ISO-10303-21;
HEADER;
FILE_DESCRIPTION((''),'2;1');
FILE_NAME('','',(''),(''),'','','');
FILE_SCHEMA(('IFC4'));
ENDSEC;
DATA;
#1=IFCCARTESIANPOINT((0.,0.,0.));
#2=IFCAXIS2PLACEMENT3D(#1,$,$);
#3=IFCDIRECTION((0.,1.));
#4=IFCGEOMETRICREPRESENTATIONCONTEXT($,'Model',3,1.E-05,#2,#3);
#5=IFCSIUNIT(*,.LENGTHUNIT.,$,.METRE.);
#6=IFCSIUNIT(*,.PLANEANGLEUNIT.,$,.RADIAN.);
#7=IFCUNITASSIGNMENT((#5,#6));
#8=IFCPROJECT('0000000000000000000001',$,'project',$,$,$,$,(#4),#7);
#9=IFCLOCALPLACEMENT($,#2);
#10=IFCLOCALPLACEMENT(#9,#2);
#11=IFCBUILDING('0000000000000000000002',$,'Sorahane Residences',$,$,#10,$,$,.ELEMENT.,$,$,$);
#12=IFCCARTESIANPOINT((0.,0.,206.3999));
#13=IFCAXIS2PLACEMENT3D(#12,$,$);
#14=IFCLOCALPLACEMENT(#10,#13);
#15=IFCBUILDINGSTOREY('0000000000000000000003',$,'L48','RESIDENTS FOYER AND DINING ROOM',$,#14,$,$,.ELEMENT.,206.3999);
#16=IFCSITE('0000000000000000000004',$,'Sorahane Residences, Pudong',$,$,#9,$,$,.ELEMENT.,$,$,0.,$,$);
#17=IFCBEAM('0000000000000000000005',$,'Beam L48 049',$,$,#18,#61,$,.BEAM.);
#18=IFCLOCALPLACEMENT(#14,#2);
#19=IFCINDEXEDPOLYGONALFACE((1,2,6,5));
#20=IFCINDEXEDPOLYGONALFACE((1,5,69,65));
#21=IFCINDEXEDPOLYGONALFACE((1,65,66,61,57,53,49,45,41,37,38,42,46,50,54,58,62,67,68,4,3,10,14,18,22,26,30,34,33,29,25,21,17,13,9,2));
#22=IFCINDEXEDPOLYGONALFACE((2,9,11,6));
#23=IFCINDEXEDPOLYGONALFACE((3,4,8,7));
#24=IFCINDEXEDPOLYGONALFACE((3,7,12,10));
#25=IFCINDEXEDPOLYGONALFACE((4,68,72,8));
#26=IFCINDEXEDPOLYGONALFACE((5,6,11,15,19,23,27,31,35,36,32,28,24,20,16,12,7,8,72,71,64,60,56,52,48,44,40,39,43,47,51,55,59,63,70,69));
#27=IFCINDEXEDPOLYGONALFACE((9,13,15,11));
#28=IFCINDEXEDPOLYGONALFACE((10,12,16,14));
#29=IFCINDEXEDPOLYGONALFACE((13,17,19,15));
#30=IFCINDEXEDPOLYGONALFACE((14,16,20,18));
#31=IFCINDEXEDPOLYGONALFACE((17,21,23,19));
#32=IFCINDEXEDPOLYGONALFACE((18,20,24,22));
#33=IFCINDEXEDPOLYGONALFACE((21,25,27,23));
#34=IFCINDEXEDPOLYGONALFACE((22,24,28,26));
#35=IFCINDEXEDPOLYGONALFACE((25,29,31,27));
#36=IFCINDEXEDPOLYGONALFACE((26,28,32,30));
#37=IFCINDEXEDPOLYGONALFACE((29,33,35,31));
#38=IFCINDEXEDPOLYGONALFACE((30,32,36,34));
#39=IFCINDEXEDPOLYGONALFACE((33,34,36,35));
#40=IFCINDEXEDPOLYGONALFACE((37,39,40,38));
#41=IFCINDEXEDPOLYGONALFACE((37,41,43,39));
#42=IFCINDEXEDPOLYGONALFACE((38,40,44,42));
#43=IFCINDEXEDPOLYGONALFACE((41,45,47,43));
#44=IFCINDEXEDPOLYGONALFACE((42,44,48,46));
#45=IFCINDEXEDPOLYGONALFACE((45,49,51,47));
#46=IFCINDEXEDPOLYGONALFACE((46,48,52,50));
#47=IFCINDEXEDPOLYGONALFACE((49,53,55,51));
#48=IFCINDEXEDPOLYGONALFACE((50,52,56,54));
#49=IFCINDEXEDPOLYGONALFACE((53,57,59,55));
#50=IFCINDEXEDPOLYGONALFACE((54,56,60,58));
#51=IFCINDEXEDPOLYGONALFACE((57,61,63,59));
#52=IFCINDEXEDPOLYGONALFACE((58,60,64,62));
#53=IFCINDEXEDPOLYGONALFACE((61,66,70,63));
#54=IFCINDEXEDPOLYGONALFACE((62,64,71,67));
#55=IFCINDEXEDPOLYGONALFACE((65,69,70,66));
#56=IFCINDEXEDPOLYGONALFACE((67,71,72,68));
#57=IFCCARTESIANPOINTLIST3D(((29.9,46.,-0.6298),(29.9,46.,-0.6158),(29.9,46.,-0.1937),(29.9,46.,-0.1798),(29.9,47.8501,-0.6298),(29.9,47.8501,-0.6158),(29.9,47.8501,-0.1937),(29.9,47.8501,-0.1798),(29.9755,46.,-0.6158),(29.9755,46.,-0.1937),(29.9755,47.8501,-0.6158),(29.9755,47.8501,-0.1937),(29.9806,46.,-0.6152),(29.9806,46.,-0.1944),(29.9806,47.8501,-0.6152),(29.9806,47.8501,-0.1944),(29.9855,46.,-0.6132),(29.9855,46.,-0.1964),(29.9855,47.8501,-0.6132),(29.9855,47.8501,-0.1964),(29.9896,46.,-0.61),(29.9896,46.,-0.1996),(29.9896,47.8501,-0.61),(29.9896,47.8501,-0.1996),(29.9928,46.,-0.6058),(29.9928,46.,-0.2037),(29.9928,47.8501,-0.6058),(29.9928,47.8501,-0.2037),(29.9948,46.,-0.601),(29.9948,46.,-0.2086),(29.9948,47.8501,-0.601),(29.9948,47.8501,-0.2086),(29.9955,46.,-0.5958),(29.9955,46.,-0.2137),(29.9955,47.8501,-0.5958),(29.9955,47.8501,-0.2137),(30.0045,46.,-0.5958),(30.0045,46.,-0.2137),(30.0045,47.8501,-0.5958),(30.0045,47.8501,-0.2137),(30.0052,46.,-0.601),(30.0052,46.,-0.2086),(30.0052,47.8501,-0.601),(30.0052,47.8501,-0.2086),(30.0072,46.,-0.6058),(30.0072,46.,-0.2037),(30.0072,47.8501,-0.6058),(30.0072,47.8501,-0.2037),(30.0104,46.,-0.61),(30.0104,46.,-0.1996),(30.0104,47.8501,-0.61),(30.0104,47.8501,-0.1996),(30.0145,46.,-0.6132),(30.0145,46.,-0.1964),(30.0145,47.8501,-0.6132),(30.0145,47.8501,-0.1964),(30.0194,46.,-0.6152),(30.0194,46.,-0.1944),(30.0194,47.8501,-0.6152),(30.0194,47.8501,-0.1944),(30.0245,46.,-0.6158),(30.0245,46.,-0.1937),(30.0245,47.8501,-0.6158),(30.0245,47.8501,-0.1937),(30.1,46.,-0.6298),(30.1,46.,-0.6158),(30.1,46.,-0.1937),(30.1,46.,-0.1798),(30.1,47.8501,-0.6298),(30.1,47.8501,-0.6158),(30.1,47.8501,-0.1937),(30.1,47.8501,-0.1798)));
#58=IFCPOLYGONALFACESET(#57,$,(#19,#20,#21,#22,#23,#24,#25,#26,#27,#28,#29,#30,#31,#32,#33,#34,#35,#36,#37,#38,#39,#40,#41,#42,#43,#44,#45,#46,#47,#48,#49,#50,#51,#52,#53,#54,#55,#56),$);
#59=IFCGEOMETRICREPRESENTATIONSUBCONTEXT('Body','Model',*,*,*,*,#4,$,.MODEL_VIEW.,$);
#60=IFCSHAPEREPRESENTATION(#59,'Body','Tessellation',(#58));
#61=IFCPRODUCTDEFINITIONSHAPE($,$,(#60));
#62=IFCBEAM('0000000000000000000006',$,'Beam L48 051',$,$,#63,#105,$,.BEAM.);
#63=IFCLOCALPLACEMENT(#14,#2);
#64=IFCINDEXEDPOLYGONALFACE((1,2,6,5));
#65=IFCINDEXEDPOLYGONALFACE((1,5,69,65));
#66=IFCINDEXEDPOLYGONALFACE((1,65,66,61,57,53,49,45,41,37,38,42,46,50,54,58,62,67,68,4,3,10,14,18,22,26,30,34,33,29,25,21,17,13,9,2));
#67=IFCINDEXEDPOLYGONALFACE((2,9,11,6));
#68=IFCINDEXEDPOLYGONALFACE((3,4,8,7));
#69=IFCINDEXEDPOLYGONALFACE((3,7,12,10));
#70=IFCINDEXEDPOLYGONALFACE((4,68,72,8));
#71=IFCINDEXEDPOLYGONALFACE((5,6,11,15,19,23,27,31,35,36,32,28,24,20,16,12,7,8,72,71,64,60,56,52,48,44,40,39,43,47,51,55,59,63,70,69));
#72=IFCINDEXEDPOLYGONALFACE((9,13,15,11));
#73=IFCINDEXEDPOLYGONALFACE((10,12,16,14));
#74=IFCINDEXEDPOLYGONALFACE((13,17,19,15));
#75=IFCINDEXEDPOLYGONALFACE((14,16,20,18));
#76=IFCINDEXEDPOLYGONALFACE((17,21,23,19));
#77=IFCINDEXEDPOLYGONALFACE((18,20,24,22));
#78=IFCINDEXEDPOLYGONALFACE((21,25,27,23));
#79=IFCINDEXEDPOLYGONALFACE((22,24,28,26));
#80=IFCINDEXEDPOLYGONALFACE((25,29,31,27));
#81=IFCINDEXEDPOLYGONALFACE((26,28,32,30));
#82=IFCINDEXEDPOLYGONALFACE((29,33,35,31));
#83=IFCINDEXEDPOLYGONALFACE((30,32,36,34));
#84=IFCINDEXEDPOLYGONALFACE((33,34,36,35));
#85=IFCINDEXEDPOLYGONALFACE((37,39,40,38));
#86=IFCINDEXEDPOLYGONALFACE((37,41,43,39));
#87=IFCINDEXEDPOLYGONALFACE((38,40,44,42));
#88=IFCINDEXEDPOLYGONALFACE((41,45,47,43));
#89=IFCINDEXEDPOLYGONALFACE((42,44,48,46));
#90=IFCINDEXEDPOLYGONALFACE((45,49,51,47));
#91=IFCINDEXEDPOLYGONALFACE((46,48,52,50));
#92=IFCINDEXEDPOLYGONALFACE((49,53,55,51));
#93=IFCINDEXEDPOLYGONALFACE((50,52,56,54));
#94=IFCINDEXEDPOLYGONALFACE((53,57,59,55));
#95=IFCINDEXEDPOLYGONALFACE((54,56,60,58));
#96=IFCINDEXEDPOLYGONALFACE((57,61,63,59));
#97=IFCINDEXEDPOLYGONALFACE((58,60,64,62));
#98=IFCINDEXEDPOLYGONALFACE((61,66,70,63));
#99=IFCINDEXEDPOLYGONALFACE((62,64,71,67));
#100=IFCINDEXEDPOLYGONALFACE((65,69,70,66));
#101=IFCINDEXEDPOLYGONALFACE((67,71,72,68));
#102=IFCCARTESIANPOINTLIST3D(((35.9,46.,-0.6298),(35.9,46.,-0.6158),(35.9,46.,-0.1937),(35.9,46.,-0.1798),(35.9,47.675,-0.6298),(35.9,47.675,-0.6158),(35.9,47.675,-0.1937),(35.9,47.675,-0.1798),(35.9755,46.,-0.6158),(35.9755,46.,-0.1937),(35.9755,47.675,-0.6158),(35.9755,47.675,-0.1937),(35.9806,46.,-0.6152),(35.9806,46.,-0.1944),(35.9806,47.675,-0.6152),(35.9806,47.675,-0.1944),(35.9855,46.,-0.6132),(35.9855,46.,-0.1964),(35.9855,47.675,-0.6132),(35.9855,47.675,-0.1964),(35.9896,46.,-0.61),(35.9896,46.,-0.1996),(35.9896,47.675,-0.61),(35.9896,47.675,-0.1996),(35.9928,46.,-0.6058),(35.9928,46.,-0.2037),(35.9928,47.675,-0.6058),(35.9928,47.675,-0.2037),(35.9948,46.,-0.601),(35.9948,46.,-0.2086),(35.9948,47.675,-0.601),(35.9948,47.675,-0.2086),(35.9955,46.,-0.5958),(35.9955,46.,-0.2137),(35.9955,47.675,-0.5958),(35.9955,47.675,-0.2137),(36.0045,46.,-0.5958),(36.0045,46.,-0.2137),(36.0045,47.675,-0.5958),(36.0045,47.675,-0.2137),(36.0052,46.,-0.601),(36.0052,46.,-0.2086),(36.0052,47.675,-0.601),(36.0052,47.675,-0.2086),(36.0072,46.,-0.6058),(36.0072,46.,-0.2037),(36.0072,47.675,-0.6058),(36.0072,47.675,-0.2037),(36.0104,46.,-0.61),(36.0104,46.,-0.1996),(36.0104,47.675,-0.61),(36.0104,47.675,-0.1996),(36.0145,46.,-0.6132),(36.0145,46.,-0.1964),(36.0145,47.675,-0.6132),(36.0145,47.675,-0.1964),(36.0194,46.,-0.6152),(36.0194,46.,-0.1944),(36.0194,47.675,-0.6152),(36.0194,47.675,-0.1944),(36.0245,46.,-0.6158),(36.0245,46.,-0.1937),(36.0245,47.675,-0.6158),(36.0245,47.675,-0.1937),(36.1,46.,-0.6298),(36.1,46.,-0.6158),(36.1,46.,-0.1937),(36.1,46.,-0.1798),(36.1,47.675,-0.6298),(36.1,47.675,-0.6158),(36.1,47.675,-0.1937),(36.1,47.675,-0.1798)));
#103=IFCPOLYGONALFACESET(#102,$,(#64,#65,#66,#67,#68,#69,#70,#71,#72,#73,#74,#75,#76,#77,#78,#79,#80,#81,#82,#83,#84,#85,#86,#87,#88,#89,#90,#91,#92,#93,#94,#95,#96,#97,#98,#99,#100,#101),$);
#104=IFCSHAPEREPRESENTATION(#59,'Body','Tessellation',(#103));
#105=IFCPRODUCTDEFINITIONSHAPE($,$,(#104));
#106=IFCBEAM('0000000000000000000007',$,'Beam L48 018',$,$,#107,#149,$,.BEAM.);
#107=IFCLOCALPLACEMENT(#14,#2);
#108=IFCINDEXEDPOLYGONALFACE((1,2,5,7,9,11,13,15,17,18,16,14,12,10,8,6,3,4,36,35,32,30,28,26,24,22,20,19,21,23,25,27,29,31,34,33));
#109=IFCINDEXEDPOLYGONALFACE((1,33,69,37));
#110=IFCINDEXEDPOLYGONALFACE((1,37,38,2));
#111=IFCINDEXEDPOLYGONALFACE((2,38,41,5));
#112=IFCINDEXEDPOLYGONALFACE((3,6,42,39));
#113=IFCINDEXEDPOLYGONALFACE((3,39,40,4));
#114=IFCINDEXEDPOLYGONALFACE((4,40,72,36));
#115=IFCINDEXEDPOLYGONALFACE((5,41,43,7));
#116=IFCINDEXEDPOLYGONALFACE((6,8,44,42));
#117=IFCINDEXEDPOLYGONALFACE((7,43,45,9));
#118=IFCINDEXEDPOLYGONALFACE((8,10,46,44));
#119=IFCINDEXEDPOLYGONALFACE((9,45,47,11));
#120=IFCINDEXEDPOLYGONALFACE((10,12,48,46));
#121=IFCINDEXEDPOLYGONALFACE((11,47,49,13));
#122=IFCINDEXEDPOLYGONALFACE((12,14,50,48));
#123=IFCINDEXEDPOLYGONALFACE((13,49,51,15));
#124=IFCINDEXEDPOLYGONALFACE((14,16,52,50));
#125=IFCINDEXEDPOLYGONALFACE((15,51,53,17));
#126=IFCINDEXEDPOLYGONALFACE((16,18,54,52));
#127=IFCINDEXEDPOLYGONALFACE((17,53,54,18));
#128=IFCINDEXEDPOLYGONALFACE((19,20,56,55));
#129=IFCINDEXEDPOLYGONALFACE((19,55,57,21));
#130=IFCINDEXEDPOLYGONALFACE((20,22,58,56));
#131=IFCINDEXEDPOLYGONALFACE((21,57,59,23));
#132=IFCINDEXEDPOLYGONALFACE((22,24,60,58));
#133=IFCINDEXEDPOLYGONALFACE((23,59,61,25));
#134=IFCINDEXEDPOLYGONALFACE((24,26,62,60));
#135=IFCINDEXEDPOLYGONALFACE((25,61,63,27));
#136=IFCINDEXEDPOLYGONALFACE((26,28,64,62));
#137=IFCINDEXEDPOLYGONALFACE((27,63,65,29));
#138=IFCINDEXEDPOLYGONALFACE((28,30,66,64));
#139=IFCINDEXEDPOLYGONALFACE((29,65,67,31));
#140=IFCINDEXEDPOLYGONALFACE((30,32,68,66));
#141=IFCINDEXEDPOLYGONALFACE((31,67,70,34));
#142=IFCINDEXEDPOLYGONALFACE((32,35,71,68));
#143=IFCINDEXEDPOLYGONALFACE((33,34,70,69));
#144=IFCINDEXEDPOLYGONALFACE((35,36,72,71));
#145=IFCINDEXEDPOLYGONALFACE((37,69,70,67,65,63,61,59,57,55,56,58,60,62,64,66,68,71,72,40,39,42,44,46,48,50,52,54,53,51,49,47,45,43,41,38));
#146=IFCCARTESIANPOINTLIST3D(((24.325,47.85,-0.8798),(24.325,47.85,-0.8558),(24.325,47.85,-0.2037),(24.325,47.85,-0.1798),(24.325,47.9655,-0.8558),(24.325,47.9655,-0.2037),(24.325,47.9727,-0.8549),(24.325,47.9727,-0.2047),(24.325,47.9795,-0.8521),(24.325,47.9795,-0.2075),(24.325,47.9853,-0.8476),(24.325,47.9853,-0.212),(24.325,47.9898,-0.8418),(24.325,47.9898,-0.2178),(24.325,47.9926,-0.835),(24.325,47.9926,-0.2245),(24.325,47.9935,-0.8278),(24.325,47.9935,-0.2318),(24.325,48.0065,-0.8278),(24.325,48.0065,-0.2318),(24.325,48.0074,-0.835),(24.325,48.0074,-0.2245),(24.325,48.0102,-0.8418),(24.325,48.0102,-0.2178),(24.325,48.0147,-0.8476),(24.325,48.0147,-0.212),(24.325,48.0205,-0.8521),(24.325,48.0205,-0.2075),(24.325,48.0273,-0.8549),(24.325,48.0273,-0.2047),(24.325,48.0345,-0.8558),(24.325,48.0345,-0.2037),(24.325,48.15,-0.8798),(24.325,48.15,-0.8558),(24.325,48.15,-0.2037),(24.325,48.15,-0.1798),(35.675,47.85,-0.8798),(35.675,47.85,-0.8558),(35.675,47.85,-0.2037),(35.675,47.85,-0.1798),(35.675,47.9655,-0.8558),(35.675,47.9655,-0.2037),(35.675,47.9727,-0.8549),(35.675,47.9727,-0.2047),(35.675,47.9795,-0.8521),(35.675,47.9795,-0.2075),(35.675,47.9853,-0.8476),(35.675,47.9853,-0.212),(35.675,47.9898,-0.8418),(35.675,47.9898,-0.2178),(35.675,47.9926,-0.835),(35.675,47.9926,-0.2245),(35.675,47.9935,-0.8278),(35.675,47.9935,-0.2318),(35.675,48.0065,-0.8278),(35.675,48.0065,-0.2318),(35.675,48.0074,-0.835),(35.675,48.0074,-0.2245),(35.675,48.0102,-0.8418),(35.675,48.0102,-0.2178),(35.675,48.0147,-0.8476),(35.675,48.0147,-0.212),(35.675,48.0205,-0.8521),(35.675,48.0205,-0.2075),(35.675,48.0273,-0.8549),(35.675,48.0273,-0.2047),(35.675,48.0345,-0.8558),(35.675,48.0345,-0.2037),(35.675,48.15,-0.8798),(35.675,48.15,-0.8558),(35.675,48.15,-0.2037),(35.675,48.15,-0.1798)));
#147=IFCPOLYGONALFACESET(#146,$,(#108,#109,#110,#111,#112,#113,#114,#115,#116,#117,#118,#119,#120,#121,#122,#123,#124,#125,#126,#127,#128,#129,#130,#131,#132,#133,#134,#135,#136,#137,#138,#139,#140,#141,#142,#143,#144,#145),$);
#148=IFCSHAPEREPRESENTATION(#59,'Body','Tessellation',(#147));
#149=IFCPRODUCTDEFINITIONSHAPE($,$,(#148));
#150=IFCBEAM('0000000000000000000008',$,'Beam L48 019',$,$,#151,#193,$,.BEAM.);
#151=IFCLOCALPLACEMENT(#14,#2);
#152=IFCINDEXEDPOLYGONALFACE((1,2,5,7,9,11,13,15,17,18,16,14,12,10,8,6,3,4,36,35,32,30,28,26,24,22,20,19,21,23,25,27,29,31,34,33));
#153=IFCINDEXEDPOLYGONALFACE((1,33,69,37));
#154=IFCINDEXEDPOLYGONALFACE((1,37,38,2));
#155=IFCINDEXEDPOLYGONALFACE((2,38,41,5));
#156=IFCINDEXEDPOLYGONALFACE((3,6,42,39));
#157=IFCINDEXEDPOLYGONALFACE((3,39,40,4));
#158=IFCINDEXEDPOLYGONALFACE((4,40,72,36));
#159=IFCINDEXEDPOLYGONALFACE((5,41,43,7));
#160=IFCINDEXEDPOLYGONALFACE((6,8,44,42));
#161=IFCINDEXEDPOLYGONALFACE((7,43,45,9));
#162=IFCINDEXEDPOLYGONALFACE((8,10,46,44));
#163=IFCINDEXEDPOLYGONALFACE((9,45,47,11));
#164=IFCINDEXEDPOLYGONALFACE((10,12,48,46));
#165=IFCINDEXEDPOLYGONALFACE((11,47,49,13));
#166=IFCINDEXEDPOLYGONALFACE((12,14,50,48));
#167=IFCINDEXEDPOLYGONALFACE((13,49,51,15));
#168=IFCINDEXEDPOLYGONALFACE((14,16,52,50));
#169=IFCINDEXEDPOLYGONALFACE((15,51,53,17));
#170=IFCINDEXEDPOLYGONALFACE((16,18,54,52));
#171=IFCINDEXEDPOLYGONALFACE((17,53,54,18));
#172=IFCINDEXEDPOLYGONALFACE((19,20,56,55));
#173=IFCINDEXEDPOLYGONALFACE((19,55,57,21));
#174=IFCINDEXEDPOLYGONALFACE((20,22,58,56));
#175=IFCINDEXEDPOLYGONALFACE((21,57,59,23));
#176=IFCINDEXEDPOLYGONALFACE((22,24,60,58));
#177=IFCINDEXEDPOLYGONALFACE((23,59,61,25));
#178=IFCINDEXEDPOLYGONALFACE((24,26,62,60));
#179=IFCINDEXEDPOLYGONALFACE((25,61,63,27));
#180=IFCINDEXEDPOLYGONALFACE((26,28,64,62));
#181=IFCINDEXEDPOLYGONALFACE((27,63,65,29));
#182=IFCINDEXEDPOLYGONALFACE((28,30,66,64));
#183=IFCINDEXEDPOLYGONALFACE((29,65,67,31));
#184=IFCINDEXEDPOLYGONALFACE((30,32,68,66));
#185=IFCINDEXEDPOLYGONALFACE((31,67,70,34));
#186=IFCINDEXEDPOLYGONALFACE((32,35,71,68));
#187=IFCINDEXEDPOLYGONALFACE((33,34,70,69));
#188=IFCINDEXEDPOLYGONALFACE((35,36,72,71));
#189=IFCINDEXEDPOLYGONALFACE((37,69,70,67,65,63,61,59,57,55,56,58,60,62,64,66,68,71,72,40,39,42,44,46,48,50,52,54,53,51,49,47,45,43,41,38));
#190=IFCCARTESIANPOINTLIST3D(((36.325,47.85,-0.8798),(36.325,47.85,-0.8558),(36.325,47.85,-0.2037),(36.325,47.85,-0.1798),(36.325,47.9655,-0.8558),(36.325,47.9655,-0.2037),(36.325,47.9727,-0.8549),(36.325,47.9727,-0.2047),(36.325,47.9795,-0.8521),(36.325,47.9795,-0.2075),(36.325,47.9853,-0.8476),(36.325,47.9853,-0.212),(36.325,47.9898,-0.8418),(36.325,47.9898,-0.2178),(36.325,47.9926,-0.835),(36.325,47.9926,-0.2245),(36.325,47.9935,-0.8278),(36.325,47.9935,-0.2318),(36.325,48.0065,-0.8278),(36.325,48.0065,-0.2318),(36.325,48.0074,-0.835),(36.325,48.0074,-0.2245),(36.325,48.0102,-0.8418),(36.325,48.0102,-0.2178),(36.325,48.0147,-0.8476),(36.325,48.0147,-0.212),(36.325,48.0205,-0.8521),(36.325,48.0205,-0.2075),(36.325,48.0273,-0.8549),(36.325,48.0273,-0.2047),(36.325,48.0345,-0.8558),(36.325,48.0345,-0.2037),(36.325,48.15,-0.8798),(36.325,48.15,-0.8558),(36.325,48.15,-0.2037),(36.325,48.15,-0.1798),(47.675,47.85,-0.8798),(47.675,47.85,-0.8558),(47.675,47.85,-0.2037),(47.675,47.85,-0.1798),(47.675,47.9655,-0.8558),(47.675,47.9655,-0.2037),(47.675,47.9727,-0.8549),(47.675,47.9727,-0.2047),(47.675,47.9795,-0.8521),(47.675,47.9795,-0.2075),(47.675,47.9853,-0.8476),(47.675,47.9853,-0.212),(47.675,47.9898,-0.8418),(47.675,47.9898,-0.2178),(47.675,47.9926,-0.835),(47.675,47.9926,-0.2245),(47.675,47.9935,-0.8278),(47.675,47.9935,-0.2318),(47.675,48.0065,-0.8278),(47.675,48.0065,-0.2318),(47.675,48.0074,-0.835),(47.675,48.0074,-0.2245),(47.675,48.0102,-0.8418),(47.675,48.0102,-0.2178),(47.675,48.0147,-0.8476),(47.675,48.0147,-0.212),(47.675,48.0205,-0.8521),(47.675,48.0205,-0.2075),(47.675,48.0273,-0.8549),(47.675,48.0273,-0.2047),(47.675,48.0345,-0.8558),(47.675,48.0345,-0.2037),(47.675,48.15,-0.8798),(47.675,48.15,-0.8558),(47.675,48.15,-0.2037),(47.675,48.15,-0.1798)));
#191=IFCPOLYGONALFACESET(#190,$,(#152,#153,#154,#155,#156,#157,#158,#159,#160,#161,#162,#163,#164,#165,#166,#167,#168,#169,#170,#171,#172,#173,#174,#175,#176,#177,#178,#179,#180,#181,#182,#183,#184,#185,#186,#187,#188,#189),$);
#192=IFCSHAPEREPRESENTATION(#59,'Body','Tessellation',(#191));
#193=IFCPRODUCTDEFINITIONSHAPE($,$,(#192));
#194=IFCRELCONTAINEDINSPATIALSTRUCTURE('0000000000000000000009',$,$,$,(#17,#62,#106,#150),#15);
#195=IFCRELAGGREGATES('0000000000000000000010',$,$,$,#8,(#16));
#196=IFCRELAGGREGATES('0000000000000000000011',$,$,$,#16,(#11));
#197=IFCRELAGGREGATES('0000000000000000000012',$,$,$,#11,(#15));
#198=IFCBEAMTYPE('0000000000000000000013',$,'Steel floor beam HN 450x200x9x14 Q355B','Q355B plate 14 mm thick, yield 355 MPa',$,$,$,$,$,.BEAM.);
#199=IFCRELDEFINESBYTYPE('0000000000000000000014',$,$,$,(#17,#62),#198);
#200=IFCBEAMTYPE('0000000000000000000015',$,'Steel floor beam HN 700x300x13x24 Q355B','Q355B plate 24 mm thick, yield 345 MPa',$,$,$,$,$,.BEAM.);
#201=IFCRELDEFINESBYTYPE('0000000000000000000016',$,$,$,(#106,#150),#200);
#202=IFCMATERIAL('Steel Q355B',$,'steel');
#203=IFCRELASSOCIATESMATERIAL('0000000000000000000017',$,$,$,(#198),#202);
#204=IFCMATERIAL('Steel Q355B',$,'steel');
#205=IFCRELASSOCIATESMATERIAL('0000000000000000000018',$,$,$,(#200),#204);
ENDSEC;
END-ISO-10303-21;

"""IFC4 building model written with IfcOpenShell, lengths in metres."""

from ifc_helpers import new_model, si_unit, direction, frame, origin, origin_2d, place, context, subcontext, project, spatial, i_section, extrude, material, material_profile, profile_set, type_object, element, save


model = new_model("IFC4")

# Units and contexts
model_context = context("Model", 3, precision=1e-05, world=origin(), true_north=direction((0.0, 1.0)))
body_context = subcontext(model_context, "Body", "Model", "MODEL_VIEW")
ifc_project = project(units=[si_unit("LENGTHUNIT", "METRE"), si_unit("PLANEANGLEUNIT", "RADIAN")], contexts=[model_context])

# Site, building, storey
site_placement = place(None, origin())
site = spatial("IfcSite", under=ifc_project, at=site_placement, Name="Sorahane Residences, Pudong", CompositionType="ELEMENT", RefElevation=0.0)
building_placement = place(site_placement, origin())
building = spatial("IfcBuilding", under=site, at=building_placement, Name="Sorahane Residences", CompositionType="ELEMENT")
storey_placement = place(building_placement, frame((0.0, 0.0, 206.3999)))
storey = spatial("IfcBuildingStorey", under=building, at=storey_placement, Name="L48", Description="RESIDENTS FOYER AND DINING ROOM", CompositionType="ELEMENT", Elevation=206.3999)

# Beams
ifc_material_1 = material(Name="Steel Q355B", Category="steel")
ifc_material_profile_1 = material_profile(ifc_material_1, i_section(OverallWidth=0.2, OverallDepth=0.45, WebThickness=0.009, FlangeThickness=0.0139, FilletRadius=0.02, at=origin_2d()), Name="HN 450x200x9x14")
ifc_profile_set_1 = profile_set([ifc_material_profile_1], Name="Steel Q355B")
beam_type_1 = type_object("IfcBeamType", Name="Steel floor beam HN 450x200x9x14 Q355B", Description="Q355B plate 14 mm thick, yield 355 MPa", PredefinedType="BEAM", material=ifc_profile_set_1)
beam_1_placement = place(storey_placement, frame((30.0, 46.0, -0.4048), z_axis=(0.0, 1.0, 0.0), x_axis=(-1.0, 0.0, 0.0)))
element("IfcBeam", 1, at=beam_1_placement, inside=storey, type_object=beam_type_1, Name="Beam L48 049", PredefinedType="BEAM", context=body_context, shape_type="SweptSolid", body=[
    extrude(i_section(OverallWidth=0.2, OverallDepth=0.45, WebThickness=0.009, FlangeThickness=0.0139, FilletRadius=0.02, at=origin_2d()), origin(), (0.0, 0.0, 1.0), 1.8501),
])
beam_2_placement = place(storey_placement, frame((36.0, 46.0, -0.4048), z_axis=(0.0, 1.0, 0.0), x_axis=(-1.0, 0.0, 0.0)))
element("IfcBeam", 2, at=beam_2_placement, inside=storey, type_object=beam_type_1, Name="Beam L48 051", PredefinedType="BEAM", context=body_context, shape_type="SweptSolid", body=[
    extrude(i_section(OverallWidth=0.2, OverallDepth=0.45, WebThickness=0.009, FlangeThickness=0.0139, FilletRadius=0.02, at=origin_2d()), origin(), (0.0, 0.0, 1.0), 1.675),
])
ifc_material_2 = material(Name="Steel Q355B", Category="steel")
ifc_material_profile_2 = material_profile(ifc_material_2, i_section(OverallWidth=0.3, OverallDepth=0.7, WebThickness=0.0129, FlangeThickness=0.0239, FilletRadius=0.0281, at=origin_2d()), Name="HN 700x300x13x24")
ifc_profile_set_2 = profile_set([ifc_material_profile_2], Name="Steel Q355B")
beam_type_2 = type_object("IfcBeamType", Name="Steel floor beam HN 700x300x13x24 Q355B", Description="Q355B plate 24 mm thick, yield 345 MPa", PredefinedType="BEAM", material=ifc_profile_set_2)
for number, where, z_axis, x_axis, name in (
    (3, (24.325, 48.0, -0.5298), (1.0, 0.0, 0.0), (0.0, 1.0, 0.0), "Beam L48 018"),
    (4, (36.325, 48.0, -0.5298), (1.0, 0.0, 0.0), (0.0, 1.0, 0.0), "Beam L48 019"),
):
    element("IfcBeam", number, at=place(storey_placement, frame(where, z_axis=z_axis, x_axis=x_axis)), inside=storey, type_object=beam_type_2, Name=name, PredefinedType="BEAM", context=body_context, shape_type="SweptSolid", body=[
        extrude(i_section(OverallWidth=0.3, OverallDepth=0.7, WebThickness=0.0129, FlangeThickness=0.0239, FilletRadius=0.0281, at=origin_2d()), origin(), (0.0, 0.0, 1.0), 11.3501),
    ])

save(model, "model.ifc")
